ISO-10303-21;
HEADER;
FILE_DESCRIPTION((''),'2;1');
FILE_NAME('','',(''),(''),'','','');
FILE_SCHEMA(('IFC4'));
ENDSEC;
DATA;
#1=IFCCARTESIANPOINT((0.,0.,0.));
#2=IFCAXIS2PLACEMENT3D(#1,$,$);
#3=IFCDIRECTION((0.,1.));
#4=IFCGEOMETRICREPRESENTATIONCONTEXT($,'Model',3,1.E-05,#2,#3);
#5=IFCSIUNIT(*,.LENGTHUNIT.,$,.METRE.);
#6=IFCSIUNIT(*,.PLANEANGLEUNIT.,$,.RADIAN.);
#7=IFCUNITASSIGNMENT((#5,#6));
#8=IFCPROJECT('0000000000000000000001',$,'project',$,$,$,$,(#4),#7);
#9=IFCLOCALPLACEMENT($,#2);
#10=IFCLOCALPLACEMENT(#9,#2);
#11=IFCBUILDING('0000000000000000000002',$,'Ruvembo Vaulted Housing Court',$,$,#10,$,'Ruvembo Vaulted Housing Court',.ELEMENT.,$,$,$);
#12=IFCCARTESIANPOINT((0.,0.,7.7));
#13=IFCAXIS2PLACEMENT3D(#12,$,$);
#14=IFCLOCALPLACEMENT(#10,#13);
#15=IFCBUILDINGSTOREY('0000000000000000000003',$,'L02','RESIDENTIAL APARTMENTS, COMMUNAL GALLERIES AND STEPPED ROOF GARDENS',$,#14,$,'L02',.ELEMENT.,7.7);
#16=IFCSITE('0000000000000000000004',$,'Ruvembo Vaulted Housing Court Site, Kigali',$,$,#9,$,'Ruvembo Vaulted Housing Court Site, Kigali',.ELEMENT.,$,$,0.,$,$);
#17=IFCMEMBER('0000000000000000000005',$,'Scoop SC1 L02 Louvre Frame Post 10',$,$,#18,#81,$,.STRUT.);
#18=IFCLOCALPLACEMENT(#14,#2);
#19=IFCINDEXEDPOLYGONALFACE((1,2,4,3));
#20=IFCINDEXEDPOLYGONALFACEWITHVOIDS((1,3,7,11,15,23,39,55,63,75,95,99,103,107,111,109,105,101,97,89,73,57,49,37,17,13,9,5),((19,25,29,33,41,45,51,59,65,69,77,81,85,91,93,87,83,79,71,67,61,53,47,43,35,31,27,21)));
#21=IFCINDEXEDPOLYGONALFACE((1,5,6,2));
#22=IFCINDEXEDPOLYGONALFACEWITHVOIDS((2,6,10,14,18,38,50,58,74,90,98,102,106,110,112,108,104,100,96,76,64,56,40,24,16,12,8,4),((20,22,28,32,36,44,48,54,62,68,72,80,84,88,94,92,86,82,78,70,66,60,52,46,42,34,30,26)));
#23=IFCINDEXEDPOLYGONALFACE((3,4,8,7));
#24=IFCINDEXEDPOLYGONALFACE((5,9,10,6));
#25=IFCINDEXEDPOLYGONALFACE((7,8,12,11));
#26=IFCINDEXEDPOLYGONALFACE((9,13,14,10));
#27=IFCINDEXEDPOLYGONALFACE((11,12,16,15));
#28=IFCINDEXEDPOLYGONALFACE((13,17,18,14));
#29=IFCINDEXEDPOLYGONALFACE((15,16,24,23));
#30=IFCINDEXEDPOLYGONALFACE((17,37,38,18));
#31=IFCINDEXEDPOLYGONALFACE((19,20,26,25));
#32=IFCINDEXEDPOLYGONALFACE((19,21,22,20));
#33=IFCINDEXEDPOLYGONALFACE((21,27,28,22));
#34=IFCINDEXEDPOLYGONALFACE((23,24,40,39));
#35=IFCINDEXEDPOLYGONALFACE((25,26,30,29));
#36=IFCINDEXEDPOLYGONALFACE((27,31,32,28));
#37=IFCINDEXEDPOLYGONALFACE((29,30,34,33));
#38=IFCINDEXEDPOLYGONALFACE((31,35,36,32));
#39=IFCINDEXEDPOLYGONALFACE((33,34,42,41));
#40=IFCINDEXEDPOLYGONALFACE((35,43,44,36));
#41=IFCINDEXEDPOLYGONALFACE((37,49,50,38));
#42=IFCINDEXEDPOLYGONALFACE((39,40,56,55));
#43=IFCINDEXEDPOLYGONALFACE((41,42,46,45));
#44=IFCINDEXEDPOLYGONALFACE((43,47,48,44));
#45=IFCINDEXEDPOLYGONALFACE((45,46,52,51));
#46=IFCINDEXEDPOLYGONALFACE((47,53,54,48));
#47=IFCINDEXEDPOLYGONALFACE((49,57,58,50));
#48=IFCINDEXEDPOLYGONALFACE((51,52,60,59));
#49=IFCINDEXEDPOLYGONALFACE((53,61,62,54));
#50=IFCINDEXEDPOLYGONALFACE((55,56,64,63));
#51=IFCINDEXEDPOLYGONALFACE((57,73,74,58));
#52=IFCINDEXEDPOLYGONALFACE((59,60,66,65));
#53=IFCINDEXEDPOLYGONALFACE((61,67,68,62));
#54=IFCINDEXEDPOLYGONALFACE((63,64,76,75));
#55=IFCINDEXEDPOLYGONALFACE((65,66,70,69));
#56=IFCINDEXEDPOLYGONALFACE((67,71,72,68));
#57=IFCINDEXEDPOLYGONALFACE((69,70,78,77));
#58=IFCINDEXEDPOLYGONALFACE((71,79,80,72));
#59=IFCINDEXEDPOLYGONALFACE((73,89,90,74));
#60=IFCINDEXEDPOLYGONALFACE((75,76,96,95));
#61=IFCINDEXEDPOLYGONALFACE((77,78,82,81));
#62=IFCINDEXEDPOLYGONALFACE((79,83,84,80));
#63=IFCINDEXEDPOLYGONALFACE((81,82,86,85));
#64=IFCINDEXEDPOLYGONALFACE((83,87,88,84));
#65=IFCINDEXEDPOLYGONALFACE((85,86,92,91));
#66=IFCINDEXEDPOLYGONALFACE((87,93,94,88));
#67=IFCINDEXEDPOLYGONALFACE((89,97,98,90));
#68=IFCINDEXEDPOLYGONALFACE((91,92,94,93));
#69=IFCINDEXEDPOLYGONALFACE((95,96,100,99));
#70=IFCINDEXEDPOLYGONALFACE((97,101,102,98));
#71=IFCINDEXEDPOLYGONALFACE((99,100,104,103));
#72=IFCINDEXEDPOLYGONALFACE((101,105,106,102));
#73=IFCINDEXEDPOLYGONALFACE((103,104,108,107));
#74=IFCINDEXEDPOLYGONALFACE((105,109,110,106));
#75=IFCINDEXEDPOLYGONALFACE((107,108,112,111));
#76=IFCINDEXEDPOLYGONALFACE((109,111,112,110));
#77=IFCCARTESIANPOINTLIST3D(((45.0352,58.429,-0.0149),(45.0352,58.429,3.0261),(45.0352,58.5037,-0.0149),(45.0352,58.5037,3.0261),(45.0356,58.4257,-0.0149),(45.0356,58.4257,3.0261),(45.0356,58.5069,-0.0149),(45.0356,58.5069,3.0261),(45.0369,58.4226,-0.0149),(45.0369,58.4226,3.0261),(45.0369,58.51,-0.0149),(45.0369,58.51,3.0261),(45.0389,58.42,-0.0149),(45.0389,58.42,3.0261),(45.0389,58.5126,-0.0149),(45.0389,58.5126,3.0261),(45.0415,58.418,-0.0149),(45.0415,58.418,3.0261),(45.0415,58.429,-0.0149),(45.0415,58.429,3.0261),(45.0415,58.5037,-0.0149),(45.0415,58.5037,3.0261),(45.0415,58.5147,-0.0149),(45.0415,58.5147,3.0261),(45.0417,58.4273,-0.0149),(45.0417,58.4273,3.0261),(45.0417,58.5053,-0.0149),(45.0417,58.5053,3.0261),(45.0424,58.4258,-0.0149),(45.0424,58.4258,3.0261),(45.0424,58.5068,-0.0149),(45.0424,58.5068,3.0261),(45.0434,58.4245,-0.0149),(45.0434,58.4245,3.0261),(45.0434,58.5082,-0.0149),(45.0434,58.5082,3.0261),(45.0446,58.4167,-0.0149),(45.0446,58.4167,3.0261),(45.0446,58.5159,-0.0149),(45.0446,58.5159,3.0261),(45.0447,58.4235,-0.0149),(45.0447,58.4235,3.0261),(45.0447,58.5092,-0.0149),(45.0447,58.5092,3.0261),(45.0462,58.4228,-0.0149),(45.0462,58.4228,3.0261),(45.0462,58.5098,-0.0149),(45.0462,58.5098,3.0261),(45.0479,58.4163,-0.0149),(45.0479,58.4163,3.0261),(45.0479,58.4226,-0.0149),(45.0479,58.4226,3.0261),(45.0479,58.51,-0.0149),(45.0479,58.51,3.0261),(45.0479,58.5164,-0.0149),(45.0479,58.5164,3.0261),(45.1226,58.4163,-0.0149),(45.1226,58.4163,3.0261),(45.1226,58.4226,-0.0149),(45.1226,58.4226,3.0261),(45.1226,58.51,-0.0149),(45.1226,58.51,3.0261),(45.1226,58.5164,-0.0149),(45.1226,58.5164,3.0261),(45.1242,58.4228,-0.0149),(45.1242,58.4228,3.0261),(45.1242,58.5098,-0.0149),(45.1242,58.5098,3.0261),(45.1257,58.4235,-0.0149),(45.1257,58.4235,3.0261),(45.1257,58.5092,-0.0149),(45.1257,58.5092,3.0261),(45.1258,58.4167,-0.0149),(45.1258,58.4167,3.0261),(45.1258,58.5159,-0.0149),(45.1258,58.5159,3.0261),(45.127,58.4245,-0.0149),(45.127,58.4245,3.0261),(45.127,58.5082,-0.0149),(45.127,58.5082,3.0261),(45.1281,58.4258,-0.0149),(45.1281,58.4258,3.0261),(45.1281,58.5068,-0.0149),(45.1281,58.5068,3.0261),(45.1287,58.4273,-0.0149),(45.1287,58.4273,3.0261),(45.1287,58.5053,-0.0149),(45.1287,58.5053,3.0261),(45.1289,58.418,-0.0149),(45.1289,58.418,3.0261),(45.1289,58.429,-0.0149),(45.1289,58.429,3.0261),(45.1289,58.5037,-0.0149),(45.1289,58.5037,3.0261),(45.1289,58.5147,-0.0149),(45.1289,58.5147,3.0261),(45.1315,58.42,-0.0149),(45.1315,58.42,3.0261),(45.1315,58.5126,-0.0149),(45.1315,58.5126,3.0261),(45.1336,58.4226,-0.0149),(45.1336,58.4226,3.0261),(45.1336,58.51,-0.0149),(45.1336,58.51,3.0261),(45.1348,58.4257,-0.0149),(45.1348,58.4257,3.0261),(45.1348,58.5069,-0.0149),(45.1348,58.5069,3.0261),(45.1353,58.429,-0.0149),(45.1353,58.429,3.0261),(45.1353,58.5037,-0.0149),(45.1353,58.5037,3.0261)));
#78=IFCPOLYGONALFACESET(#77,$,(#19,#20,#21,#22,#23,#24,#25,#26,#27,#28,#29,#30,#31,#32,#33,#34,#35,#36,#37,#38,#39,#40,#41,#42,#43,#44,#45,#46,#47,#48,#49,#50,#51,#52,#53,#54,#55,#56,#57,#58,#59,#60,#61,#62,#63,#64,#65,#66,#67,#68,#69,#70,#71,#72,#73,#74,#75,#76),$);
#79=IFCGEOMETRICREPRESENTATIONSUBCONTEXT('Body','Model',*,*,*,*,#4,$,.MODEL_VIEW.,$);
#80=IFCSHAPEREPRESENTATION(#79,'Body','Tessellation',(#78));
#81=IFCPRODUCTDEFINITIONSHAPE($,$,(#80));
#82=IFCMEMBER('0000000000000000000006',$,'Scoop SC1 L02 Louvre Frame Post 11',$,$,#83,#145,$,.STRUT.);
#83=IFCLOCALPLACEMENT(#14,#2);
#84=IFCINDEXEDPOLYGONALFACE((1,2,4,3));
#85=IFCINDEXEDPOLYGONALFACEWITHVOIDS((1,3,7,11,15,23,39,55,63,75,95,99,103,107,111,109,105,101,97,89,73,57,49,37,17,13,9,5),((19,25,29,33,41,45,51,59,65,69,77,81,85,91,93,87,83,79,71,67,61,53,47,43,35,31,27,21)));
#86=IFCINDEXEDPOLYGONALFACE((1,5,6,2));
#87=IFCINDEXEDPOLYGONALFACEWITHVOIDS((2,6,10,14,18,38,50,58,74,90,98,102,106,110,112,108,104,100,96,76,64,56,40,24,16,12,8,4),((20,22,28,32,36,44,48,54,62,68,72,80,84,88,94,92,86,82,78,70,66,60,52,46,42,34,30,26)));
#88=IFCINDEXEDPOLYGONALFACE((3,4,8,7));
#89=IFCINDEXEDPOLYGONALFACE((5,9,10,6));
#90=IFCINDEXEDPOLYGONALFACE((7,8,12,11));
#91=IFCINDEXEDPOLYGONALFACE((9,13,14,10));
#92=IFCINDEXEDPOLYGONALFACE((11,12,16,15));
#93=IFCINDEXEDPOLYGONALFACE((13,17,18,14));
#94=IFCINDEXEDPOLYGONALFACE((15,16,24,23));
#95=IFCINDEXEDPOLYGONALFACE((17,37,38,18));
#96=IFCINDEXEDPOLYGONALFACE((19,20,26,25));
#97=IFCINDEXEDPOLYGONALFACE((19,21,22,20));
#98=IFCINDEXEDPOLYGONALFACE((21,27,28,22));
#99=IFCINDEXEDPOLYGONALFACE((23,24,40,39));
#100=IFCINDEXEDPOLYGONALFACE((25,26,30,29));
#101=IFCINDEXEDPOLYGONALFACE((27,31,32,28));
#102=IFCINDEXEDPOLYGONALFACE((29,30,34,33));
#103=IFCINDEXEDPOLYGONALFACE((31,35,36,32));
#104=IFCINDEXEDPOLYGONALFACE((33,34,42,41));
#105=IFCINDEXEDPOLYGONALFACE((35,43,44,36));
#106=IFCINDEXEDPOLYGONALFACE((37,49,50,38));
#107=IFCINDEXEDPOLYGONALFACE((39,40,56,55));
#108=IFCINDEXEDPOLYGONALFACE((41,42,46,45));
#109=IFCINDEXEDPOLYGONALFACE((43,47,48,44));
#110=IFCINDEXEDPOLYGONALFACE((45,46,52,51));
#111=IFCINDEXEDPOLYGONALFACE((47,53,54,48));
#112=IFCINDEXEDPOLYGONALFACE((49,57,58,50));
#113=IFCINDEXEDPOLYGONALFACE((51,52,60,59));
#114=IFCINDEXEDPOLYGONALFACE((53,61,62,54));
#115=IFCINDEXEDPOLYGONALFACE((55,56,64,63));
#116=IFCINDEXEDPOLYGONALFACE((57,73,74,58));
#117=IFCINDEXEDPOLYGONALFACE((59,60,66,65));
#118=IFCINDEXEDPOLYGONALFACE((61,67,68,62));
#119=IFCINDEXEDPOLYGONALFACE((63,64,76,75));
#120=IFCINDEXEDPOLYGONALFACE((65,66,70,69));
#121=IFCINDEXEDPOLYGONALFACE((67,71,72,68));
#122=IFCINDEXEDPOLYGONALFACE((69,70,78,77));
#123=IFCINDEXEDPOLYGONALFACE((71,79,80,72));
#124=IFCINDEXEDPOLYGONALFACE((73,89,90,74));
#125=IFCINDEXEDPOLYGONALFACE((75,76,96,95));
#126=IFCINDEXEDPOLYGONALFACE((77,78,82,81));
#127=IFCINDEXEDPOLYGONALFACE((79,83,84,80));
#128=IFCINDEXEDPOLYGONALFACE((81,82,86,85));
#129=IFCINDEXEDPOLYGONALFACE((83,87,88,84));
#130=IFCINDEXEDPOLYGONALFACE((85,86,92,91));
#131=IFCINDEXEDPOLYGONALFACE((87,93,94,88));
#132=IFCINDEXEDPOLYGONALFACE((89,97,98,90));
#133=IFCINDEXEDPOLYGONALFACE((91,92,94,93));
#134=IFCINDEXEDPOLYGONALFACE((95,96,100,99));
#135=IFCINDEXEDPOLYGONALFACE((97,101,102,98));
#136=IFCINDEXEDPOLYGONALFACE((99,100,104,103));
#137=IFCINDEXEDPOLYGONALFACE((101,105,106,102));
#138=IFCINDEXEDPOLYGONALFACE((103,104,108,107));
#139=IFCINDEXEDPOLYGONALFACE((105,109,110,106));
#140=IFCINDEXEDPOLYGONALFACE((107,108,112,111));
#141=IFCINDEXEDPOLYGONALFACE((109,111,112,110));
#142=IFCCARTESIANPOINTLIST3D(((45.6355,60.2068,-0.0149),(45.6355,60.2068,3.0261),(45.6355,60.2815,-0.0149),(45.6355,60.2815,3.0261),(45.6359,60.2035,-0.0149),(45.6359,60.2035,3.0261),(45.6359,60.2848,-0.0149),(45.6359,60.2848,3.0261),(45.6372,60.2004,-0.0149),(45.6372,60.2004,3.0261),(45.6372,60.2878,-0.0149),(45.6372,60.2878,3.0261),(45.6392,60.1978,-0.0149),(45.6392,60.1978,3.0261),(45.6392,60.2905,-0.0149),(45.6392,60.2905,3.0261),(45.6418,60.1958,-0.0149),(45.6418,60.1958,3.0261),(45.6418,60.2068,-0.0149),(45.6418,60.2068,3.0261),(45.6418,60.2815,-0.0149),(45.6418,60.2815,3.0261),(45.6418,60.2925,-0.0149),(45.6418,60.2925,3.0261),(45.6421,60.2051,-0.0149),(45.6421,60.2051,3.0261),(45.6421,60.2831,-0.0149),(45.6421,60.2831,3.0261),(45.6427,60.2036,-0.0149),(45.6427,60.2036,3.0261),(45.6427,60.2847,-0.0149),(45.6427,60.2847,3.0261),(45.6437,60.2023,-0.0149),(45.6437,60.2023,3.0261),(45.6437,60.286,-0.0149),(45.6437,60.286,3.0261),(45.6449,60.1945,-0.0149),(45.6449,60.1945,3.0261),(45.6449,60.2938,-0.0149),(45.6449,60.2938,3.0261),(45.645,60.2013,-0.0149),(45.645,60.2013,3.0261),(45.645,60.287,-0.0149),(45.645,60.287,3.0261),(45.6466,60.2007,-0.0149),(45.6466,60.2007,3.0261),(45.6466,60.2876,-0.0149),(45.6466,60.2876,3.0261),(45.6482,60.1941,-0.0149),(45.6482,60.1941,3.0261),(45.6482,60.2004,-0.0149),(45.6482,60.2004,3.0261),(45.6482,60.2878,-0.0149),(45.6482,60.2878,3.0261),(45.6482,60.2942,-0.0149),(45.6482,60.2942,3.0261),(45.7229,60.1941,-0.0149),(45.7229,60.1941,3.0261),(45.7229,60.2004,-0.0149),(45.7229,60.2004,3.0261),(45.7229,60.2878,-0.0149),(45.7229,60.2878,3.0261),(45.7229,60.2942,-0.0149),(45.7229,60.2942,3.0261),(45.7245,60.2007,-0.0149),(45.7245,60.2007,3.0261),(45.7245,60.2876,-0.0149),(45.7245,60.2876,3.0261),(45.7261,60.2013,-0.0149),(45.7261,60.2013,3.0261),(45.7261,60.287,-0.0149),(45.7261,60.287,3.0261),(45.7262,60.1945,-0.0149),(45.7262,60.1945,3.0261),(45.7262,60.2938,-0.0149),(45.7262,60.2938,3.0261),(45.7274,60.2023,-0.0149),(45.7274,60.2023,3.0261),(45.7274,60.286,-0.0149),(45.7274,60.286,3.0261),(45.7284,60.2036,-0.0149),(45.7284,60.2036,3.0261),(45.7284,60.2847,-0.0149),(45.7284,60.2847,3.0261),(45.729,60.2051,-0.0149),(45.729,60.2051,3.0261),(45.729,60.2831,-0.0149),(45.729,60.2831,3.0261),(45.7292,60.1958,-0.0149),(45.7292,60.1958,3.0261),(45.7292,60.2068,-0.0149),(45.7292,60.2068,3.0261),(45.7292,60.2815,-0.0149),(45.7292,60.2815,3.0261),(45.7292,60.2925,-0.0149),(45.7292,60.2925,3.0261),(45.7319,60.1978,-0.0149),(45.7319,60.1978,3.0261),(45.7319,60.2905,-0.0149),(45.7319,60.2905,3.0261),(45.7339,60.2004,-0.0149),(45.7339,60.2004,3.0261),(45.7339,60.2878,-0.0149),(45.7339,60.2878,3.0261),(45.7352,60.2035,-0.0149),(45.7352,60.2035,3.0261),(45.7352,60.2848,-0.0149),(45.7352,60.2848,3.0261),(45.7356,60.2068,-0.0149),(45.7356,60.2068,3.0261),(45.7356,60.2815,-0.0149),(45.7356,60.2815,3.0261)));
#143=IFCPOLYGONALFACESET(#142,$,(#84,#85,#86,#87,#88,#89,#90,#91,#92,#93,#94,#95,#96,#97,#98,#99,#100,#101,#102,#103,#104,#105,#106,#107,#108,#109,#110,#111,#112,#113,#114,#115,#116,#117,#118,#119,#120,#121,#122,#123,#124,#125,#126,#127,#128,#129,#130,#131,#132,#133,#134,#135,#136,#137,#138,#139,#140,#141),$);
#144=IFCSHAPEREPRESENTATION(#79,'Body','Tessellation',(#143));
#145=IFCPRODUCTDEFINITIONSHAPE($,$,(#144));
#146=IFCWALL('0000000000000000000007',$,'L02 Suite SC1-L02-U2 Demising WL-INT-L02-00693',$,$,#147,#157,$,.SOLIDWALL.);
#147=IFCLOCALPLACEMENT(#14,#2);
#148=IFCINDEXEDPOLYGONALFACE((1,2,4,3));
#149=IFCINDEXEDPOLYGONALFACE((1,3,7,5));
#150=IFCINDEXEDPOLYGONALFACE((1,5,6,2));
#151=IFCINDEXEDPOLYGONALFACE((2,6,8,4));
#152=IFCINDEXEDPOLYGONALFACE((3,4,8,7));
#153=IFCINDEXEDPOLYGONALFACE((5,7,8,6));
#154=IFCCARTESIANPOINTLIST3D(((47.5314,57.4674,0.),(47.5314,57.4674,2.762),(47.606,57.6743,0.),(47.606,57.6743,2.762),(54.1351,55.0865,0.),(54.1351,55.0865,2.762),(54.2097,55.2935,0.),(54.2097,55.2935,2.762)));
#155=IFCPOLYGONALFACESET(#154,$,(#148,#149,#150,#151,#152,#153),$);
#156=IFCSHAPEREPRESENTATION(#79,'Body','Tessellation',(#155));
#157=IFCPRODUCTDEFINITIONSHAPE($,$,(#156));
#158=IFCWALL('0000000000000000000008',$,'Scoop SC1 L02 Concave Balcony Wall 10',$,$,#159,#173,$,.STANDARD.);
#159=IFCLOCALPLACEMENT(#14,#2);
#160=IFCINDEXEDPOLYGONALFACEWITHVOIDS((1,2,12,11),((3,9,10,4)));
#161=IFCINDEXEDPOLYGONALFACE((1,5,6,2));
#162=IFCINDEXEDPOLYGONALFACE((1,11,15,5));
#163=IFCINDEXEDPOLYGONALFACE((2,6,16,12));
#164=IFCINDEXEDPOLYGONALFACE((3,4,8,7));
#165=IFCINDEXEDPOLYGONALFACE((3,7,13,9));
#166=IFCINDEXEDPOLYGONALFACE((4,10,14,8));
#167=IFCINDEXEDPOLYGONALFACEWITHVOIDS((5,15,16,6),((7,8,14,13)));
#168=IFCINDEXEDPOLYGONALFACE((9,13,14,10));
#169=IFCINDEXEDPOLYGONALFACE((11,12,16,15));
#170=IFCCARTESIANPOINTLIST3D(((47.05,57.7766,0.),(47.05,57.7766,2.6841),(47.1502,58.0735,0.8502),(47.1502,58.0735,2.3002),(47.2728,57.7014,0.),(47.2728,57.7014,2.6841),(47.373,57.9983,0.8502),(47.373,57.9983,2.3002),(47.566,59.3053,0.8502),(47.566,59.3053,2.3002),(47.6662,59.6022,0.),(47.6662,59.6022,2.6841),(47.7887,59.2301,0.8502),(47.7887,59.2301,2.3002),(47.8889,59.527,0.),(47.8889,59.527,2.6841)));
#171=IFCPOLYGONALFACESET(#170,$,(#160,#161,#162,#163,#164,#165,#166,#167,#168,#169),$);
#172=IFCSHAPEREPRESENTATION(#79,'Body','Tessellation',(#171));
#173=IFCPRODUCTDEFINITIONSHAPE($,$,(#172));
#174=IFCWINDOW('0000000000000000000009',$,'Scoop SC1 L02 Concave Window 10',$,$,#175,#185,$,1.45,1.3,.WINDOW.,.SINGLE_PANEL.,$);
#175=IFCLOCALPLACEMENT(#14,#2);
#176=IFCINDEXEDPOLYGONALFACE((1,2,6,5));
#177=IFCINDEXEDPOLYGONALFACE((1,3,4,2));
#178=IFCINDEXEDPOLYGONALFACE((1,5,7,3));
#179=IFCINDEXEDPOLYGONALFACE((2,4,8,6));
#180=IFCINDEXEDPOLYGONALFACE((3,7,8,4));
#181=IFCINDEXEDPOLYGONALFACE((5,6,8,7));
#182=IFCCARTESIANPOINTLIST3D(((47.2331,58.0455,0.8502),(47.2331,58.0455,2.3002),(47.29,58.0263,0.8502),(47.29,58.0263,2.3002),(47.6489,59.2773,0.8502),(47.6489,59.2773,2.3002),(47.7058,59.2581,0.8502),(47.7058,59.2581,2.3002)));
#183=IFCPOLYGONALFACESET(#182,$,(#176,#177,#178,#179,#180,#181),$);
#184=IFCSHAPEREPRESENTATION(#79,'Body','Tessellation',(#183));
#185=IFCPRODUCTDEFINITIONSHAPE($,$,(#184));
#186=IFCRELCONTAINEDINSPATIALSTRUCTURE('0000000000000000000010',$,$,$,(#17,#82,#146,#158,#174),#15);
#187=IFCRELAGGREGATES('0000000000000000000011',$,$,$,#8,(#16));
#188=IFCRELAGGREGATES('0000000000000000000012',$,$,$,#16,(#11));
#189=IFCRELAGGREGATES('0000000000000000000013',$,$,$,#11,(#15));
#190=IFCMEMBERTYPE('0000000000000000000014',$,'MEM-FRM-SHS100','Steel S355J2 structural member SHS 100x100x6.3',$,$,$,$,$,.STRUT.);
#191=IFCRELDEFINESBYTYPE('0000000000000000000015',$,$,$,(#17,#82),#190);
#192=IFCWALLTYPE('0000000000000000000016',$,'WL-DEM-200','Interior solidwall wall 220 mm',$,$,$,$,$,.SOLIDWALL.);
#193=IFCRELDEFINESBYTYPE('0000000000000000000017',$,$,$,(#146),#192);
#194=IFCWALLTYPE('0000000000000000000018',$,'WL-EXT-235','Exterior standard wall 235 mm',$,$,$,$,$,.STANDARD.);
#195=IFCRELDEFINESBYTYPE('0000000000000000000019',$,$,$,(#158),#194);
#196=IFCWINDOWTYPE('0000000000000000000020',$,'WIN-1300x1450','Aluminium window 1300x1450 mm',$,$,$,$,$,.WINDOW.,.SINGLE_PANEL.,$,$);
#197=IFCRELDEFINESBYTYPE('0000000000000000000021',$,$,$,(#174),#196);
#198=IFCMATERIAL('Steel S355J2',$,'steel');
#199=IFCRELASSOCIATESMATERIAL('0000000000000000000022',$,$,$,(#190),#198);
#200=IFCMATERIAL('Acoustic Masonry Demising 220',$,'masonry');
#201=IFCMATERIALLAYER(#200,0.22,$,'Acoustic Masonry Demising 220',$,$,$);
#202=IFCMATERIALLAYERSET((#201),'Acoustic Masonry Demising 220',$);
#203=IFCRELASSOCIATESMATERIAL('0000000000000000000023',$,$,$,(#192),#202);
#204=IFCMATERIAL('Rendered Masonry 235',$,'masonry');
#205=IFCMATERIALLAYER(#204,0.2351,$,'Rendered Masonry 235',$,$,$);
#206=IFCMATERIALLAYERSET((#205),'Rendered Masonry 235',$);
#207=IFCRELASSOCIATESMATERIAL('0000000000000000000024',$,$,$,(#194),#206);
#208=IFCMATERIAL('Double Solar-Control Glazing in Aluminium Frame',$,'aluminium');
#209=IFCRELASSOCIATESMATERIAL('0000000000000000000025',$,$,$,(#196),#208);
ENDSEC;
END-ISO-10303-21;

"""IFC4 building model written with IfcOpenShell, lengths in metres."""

from ifc_helpers import new_model, si_unit, direction, frame, frame_2d, origin, origin_2d, place, context, subcontext, project, spatial, rectangle, hollow_rectangle, extrude, material, layer, layer_set, material_profile, profile_set, type_object, element, fill, save


model = new_model("IFC4")

# Units and contexts
model_context = context("Model", 3, precision=1e-05, world=origin(), true_north=direction((0.0, 1.0)))
body_context = subcontext(model_context, "Body", "Model", "MODEL_VIEW")
ifc_project = project(units=[si_unit("LENGTHUNIT", "METRE"), si_unit("PLANEANGLEUNIT", "RADIAN")], contexts=[model_context])

# Site, building, storey
site_placement = place(None, origin())
site = spatial("IfcSite", under=ifc_project, at=site_placement, Name="Ruvembo Vaulted Housing Court Site, Kigali", LongName="Ruvembo Vaulted Housing Court Site, Kigali", CompositionType="ELEMENT", RefElevation=0.0)
building_placement = place(site_placement, origin())
building = spatial("IfcBuilding", under=site, at=building_placement, Name="Ruvembo Vaulted Housing Court", LongName="Ruvembo Vaulted Housing Court", CompositionType="ELEMENT")
storey_placement = place(building_placement, frame((0.0, 0.0, 7.7)))
storey = spatial("IfcBuildingStorey", under=building, at=storey_placement, Name="L02", Description="RESIDENTIAL APARTMENTS, COMMUNAL GALLERIES AND STEPPED ROOF GARDENS", LongName="L02", CompositionType="ELEMENT", Elevation=7.7)

# Shared definitions
ifc_material_1 = material(Name="Steel S355J2", Category="steel")

# Members
ifc_material_profile_1 = material_profile(ifc_material_1, hollow_rectangle(XDim=0.1001, YDim=0.1001, WallThickness=0.0063, InnerFilletRadius=0.0063, OuterFilletRadius=0.0127, at=origin_2d()), Name="SHS 100x100x6.3")
ifc_profile_set_1 = profile_set([ifc_material_profile_1], Name="Steel S355J2")
member_type_1 = type_object("IfcMemberType", Name="MEM-FRM-SHS100", Description="Steel S355J2 structural member SHS 100x100x6.3", PredefinedType="STRUT", material=ifc_profile_set_1)
for number, where, z_axis, x_axis, name in (
    (1, (45.0852, 58.4663, -0.0149), (0.0, 0.0, 1.0), (1.0, 0.0, 0.0), "Scoop SC1 L02 Louvre Frame Post 10"),
    (2, (45.6855, 60.2441, -0.0149), (0.0, 0.0, 1.0), (1.0, 0.0, 0.0), "Scoop SC1 L02 Louvre Frame Post 11"),
):
    element("IfcMember", number, at=place(storey_placement, frame(where, z_axis=z_axis, x_axis=x_axis)), inside=storey, type_object=member_type_1, Name=name, PredefinedType="STRUT", context=body_context, shape_type="SweptSolid", body=[
        extrude(hollow_rectangle(XDim=0.1001, YDim=0.1001, WallThickness=0.0063, InnerFilletRadius=0.0063, OuterFilletRadius=0.0127, at=origin_2d()), origin(), (0.0, 0.0, 1.0), 3.041),
    ])

# Wall
ifc_material_2 = material(Name="Acoustic Masonry Demising 220", Category="masonry")
ifc_layer_1 = layer(ifc_material_2, 0.22, Name="Acoustic Masonry Demising 220")
ifc_layer_set_1 = layer_set([ifc_layer_1], Name="Acoustic Masonry Demising 220")
wall_type_1 = type_object("IfcWallType", Name="WL-DEM-200", Description="Interior solidwall wall 220 mm", PredefinedType="SOLIDWALL", material=ifc_layer_set_1)
wall_1_placement = place(storey_placement, frame((47.5688, 57.5708, 0.0), z_axis=(0.0, 0.0, 1.0), x_axis=(0.940728, -0.339162, 0.0)))
element("IfcWall", 3, at=wall_1_placement, inside=storey, type_object=wall_type_1, Name="L02 Suite SC1-L02-U2 Demising WL-INT-L02-00693", PredefinedType="SOLIDWALL", context=body_context, shape_type="SweptSolid", body=[
    extrude(rectangle(XDim=7.0198, YDim=0.22, at=frame_2d((3.5098, 0.0))), origin(), (0.0, 0.0, 1.0), 2.762),
])

# Wall, opening, window
ifc_material_3 = material(Name="Rendered Masonry 235", Category="masonry")
ifc_layer_2 = layer(ifc_material_3, 0.2351, Name="Rendered Masonry 235")
ifc_layer_set_2 = layer_set([ifc_layer_2], Name="Rendered Masonry 235")
wall_type_2 = type_object("IfcWallType", Name="WL-EXT-235", Description="Exterior standard wall 235 mm", PredefinedType="STANDARD", material=ifc_layer_set_2)
wall_2_placement = place(storey_placement, frame((47.1614, 57.739, 0.0), z_axis=(0.0, 0.0, 1.0), x_axis=(0.319799, 0.947486, 0.0)))
wall_2 = element("IfcWall", 4, at=wall_2_placement, inside=storey, type_object=wall_type_2, Name="Scoop SC1 L02 Concave Balcony Wall 10", PredefinedType="STANDARD", context=body_context, shape_type="SweptSolid", body=[
    extrude(rectangle(XDim=1.9268, YDim=0.2351, at=frame_2d((0.9634, 0.0))), origin(), (0.0, 0.0, 1.0), 2.6841),
])
opening_1_placement = place(wall_2_placement, frame((0.3135, 0.0, 0.8501)))
opening_1 = element("IfcOpeningElement", 5, at=opening_1_placement, cuts=wall_2, PredefinedType="OPENING", context=body_context, shape_type="SweptSolid", body=[
    extrude(rectangle(XDim=1.3, YDim=1.45, at=frame_2d((0.6499, 0.7251))), frame((0.0, 0.1274, 0.0), z_axis=(0.0, -1.0, 0.0), x_axis=(1.0, 0.0, 0.0)), (0.0, 0.0, 1.0), 0.2551),
])
ifc_material_4 = material(Name="Double Solar-Control Glazing in Aluminium Frame", Category="aluminium")
window_type = type_object("IfcWindowType", Name="WIN-1300x1450", Description="Aluminium window 1300x1450 mm", PartitioningType="SINGLE_PANEL", PredefinedType="WINDOW", material=ifc_material_4)
window_placement = place(opening_1_placement, origin())
window = element("IfcWindow", 6, at=window_placement, inside=storey, type_object=window_type, Name="Scoop SC1 L02 Concave Window 10", OverallHeight=1.45, OverallWidth=1.3, PartitioningType="SINGLE_PANEL", PredefinedType="WINDOW", context=body_context, shape_type="SweptSolid", body=[
    extrude(rectangle(XDim=1.3, YDim=1.45, at=frame_2d((0.6499, 0.7251))), frame((0.0, 0.03, 0.0), z_axis=(0.0, -1.0, 0.0), x_axis=(1.0, 0.0, 0.0)), (0.0, 0.0, 1.0), 0.0601),
])
fill(opening_1, window)

save(model, "model.ifc")
